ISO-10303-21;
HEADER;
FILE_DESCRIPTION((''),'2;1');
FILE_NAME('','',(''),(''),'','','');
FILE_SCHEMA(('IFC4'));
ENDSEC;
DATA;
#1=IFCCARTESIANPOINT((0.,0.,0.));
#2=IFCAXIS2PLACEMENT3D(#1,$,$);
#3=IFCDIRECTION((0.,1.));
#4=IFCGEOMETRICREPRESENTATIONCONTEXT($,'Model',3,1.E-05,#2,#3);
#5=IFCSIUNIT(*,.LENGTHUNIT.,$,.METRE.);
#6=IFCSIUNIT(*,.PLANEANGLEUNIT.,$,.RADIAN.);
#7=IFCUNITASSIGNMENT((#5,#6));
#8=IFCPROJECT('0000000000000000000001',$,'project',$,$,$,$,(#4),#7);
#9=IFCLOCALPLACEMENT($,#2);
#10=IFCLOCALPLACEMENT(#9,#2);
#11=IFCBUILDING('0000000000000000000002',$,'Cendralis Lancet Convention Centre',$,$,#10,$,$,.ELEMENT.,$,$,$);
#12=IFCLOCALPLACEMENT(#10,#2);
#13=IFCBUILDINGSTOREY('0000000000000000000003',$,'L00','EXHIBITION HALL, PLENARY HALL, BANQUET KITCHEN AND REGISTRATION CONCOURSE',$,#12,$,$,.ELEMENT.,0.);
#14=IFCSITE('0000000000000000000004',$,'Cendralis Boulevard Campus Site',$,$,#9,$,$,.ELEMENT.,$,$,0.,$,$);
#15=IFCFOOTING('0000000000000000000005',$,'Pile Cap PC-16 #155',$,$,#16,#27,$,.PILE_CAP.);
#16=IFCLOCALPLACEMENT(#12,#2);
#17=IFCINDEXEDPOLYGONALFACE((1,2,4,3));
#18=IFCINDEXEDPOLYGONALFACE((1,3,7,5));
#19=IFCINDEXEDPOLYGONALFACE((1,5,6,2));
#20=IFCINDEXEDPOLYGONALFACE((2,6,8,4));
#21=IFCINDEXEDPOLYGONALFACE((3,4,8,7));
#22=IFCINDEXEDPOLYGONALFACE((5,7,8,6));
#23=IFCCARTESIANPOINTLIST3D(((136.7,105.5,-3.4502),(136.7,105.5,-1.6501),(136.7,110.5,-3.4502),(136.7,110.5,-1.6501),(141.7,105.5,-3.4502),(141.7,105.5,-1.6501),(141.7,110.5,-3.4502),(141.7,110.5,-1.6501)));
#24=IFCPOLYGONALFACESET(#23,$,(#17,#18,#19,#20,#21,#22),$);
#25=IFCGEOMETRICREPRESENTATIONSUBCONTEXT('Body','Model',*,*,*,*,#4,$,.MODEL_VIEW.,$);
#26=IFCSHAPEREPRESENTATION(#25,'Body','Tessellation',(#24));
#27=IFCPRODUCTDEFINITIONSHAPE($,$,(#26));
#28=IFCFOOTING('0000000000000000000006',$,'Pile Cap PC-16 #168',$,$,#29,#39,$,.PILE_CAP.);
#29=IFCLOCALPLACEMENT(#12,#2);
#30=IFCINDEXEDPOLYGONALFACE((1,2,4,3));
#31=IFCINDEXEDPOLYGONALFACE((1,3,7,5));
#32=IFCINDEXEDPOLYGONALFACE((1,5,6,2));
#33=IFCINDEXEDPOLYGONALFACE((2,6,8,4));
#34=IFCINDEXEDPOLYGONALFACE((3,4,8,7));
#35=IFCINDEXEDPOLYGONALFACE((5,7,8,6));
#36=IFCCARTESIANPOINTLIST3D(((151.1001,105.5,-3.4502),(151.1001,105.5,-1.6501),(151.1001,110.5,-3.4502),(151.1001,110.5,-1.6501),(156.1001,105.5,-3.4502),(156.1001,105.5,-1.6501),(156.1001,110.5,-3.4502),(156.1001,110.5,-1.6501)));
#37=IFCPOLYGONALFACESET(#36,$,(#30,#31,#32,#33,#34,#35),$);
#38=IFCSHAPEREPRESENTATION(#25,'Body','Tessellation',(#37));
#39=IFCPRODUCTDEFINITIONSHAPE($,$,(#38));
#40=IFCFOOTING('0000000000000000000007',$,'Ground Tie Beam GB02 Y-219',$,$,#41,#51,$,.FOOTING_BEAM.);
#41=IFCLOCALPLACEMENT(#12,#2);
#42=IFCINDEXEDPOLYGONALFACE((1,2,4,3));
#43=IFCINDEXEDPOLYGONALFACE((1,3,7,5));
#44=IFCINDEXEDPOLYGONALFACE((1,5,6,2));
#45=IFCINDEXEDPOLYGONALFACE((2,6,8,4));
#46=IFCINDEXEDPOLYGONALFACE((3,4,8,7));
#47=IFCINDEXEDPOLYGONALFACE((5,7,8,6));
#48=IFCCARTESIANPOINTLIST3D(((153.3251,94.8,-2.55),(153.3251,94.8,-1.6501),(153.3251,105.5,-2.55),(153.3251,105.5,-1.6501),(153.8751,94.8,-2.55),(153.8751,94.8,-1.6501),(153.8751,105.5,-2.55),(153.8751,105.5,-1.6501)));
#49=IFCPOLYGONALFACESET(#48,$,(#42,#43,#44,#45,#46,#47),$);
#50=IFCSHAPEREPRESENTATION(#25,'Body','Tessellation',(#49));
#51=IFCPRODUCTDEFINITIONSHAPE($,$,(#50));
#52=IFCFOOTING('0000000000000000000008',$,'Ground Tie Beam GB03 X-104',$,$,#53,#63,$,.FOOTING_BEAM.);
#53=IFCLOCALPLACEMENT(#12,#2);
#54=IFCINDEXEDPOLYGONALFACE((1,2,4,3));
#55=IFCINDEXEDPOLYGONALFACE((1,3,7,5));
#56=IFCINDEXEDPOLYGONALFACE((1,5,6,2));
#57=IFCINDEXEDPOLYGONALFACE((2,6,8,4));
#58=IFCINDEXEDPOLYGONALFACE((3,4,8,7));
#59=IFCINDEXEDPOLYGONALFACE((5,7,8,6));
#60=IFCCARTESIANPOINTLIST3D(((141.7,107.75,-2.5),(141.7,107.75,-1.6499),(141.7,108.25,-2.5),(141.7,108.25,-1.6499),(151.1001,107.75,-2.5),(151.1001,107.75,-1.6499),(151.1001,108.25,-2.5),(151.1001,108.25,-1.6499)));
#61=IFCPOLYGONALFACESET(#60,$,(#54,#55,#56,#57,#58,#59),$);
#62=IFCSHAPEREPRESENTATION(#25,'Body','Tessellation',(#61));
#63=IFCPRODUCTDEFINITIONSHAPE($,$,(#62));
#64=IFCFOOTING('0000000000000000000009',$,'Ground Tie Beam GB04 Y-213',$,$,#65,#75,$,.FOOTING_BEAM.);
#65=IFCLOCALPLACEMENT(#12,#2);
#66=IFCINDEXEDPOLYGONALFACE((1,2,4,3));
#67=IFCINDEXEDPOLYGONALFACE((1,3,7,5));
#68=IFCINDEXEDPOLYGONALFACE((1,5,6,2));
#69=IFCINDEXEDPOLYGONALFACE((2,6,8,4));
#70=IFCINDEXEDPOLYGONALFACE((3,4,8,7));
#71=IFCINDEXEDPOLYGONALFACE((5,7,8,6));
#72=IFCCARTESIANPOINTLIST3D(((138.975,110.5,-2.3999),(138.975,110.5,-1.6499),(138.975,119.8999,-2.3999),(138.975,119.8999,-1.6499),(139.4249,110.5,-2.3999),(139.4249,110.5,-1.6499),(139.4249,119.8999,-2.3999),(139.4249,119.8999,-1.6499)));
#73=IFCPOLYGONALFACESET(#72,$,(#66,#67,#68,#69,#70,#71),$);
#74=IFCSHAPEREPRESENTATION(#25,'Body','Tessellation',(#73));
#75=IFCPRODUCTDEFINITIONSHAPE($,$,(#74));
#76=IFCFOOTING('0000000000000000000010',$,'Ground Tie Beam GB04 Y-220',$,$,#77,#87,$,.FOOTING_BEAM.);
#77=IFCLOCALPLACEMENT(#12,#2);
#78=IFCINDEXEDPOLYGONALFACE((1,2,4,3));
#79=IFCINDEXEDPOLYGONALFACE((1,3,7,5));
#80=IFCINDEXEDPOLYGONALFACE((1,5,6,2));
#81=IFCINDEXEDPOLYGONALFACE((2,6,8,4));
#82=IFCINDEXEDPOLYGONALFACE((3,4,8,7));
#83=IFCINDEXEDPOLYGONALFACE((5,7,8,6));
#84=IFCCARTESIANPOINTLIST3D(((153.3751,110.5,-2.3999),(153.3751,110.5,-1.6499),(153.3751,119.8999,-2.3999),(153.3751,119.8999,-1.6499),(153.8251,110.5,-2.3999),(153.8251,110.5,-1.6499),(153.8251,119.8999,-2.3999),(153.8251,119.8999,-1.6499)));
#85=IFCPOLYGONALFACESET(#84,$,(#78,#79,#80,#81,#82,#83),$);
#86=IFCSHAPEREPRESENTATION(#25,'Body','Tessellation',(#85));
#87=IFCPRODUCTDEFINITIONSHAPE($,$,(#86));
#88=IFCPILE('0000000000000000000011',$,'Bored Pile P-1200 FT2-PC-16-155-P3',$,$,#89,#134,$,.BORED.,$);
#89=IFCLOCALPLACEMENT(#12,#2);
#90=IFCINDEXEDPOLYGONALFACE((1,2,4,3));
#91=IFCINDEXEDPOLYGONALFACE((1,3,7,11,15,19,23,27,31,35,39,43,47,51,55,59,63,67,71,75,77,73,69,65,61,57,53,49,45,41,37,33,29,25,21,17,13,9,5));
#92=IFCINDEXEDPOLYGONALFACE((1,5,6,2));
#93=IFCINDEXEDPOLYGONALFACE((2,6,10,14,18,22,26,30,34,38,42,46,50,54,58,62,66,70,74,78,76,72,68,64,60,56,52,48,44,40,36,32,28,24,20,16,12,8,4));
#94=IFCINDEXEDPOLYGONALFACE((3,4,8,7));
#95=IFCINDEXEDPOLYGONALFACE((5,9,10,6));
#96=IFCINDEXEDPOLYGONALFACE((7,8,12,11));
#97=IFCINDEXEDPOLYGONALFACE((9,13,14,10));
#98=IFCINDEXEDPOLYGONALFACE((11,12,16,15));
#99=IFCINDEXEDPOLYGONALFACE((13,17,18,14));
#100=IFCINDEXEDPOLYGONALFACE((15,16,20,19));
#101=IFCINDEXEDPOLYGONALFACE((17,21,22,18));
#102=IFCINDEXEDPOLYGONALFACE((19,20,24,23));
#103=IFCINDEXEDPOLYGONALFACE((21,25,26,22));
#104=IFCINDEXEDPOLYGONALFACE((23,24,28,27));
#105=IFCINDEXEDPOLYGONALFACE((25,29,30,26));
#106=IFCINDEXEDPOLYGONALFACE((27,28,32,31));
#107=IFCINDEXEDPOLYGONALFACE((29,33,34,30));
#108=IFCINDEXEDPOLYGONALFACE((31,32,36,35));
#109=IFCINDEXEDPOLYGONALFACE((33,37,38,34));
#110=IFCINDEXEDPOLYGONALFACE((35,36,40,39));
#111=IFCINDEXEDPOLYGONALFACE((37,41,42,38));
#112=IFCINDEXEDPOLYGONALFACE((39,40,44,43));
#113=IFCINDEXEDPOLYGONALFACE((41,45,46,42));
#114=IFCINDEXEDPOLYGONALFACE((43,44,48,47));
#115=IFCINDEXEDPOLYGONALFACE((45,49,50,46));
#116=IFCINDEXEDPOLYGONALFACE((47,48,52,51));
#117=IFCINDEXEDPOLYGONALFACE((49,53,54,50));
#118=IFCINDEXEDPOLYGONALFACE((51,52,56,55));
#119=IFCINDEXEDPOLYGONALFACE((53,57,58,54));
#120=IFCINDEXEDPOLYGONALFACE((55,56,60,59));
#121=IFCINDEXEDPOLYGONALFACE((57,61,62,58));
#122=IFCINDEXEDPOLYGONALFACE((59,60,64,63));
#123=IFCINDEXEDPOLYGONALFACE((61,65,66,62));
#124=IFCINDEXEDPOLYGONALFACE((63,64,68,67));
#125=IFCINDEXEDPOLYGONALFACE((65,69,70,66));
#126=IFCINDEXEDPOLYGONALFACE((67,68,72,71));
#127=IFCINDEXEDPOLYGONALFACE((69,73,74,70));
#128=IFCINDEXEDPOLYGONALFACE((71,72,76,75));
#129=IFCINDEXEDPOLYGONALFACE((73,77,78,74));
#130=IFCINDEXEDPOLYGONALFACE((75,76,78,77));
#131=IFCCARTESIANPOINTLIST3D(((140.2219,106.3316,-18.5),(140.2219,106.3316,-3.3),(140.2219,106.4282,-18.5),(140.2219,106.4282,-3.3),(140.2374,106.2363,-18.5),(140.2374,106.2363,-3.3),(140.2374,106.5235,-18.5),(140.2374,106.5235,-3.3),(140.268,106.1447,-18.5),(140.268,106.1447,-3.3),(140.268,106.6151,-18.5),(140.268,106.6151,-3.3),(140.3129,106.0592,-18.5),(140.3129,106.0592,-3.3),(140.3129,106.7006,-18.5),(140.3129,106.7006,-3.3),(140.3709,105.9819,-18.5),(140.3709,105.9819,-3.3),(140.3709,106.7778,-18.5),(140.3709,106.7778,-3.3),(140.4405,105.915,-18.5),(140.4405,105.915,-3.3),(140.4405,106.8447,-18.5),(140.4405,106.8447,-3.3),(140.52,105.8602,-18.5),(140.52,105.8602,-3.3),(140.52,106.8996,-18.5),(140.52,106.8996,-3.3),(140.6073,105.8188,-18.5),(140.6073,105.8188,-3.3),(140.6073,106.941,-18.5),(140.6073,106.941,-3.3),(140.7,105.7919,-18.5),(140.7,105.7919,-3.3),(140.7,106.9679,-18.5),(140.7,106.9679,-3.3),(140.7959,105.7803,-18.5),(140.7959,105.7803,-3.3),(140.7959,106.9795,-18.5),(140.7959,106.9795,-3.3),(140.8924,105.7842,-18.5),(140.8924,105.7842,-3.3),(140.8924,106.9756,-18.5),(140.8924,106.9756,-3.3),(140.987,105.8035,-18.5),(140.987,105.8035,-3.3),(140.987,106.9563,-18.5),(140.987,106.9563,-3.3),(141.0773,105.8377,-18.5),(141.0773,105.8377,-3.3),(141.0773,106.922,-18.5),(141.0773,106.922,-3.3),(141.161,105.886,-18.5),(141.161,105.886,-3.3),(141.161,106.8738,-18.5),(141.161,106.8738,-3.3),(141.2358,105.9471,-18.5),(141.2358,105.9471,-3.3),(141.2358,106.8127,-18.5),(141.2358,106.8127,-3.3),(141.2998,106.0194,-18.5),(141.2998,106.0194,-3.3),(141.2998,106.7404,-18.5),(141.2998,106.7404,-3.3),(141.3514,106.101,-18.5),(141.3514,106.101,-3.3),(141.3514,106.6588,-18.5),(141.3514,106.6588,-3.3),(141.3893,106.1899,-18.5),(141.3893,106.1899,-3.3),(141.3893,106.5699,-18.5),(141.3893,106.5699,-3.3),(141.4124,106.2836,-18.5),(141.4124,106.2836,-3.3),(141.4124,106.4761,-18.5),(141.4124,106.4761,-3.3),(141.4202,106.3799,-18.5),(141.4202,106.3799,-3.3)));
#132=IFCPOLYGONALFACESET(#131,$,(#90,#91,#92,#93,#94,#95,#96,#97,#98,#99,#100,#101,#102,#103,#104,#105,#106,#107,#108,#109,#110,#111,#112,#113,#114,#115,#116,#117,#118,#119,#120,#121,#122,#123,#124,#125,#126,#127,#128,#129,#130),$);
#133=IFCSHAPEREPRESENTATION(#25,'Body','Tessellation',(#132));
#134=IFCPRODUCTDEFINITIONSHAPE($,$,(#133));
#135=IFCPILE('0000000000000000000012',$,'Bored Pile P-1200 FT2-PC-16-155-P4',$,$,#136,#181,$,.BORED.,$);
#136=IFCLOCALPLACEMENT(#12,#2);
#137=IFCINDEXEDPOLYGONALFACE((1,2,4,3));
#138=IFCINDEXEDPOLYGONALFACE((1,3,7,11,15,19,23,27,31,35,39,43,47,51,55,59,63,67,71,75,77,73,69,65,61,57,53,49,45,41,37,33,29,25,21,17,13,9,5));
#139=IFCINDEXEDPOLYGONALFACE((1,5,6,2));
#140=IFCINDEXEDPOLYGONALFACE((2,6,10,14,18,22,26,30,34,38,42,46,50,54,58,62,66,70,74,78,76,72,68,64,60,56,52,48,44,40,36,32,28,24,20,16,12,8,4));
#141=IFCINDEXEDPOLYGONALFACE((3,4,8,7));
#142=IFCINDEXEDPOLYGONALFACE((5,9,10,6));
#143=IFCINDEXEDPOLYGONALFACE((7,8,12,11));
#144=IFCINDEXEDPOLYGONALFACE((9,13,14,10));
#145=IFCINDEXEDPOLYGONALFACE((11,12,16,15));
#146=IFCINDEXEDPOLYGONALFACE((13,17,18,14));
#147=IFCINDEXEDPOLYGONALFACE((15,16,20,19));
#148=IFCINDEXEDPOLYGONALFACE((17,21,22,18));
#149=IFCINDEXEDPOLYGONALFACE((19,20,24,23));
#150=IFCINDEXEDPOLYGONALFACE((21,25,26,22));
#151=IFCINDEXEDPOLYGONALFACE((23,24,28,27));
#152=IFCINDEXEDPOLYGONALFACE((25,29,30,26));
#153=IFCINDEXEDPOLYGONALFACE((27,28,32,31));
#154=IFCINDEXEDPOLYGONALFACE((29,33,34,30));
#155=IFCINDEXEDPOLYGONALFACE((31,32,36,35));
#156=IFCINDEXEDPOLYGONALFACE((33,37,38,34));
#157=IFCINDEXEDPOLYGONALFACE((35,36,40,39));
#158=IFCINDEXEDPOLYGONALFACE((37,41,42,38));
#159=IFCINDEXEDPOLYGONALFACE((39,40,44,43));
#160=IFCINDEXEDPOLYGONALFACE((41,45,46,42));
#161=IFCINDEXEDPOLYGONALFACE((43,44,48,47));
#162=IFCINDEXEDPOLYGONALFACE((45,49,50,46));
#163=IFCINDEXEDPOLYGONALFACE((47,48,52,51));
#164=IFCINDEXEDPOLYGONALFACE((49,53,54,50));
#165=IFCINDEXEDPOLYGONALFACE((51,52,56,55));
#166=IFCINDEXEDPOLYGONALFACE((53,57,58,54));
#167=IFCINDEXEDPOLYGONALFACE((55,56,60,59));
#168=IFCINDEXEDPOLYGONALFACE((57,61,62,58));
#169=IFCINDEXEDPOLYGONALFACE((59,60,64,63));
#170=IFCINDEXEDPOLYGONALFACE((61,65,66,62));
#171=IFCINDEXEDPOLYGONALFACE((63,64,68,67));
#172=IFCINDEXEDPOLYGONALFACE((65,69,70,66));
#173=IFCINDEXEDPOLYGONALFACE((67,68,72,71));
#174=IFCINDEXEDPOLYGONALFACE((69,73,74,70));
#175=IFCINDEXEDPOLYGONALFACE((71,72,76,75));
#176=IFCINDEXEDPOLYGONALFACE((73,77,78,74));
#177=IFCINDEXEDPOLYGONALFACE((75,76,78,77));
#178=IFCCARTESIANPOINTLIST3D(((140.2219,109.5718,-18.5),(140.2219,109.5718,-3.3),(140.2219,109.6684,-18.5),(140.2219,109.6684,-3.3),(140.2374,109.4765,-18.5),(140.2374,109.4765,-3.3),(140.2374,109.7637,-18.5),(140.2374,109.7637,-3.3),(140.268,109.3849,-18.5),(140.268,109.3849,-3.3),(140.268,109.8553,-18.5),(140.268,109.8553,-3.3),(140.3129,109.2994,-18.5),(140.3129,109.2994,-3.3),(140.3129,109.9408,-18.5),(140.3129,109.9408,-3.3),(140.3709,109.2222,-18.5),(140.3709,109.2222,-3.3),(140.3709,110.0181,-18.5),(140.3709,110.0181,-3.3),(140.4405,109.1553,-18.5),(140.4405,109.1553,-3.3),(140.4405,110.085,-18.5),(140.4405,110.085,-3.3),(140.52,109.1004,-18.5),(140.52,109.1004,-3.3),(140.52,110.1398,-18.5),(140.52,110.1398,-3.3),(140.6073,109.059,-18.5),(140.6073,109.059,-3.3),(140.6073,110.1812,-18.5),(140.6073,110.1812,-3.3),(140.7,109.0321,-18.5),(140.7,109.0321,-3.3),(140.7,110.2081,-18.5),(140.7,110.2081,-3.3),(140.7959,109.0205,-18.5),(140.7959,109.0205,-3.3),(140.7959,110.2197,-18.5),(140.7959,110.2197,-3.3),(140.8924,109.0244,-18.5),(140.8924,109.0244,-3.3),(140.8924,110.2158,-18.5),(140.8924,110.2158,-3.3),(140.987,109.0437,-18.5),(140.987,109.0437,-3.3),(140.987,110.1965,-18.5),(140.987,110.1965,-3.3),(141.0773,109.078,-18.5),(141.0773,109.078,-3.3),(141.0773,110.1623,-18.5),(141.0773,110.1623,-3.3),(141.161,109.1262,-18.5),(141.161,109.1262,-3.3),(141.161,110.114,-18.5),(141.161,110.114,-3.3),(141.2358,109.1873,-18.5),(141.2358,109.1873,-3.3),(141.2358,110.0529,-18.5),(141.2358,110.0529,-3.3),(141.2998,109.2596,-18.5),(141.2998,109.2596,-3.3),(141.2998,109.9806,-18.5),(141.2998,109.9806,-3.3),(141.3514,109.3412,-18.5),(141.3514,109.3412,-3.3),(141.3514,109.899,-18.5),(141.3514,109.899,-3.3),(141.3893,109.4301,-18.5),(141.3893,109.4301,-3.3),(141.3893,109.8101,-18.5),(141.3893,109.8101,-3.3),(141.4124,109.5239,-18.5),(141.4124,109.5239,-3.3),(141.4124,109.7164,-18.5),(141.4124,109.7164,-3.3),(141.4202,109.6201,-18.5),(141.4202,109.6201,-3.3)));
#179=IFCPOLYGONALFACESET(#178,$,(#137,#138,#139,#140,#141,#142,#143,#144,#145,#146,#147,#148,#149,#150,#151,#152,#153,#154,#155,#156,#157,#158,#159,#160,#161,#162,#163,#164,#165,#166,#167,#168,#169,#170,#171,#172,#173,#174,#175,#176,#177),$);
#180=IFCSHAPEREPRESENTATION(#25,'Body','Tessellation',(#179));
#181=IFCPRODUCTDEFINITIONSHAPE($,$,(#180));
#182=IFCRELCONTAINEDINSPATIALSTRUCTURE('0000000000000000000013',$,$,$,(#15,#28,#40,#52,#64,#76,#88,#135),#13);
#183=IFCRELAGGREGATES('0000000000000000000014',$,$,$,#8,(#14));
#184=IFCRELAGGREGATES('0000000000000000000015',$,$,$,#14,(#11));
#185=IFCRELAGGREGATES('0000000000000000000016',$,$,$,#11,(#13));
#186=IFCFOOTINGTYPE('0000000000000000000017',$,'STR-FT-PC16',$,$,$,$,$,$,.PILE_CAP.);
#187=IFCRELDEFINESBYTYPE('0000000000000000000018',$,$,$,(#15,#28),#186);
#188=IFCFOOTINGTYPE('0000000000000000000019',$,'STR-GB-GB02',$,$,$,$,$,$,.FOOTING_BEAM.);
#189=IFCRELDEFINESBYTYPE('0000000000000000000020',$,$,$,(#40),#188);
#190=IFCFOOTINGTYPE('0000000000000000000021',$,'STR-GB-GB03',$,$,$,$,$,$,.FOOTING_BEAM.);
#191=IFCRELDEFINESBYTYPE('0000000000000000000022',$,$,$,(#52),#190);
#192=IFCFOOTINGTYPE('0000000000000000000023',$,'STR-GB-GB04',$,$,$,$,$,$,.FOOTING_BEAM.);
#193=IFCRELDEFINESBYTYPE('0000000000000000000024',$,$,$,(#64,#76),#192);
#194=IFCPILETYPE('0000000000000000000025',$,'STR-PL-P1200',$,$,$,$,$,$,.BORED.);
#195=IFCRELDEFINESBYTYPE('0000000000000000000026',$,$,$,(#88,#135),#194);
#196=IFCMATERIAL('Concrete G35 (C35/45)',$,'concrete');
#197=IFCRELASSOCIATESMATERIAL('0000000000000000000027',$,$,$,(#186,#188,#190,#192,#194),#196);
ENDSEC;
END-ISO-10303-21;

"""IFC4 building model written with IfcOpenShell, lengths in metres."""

from ifc_helpers import new_model, si_unit, direction, frame, origin, origin_2d, place, context, subcontext, project, spatial, rectangle, circle, extrude, material, material_profile, profile_set, type_object, element, save


model = new_model("IFC4")

# Units and contexts
model_context = context("Model", 3, precision=1e-05, world=origin(), true_north=direction((0.0, 1.0)))
body_context = subcontext(model_context, "Body", "Model", "MODEL_VIEW")
ifc_project = project(units=[si_unit("LENGTHUNIT", "METRE"), si_unit("PLANEANGLEUNIT", "RADIAN")], contexts=[model_context])

# Site, building, storey
site_placement = place(None, origin())
site = spatial("IfcSite", under=ifc_project, at=site_placement, Name="Cendralis Boulevard Campus Site", CompositionType="ELEMENT", RefElevation=0.0)
building_placement = place(site_placement, origin())
building = spatial("IfcBuilding", under=site, at=building_placement, Name="Cendralis Lancet Convention Centre", CompositionType="ELEMENT")
storey_placement = place(building_placement, origin())
storey = spatial("IfcBuildingStorey", under=building, at=storey_placement, Name="L00", Description="EXHIBITION HALL, PLENARY HALL, BANQUET KITCHEN AND REGISTRATION CONCOURSE", CompositionType="ELEMENT", Elevation=0.0)

# Footings
ifc_material_1 = material(Name="Concrete G35 (C35/45)", Category="concrete")
footing_type_1 = type_object("IfcFootingType", Name="STR-FT-PC16", PredefinedType="PILE_CAP", material=ifc_material_1)
for number, where, z_axis, x_axis, name in (
    (1, (139.2, 108.0, -3.4502), (0.0, 0.0, 1.0), (1.0, 0.0, 0.0), "Pile Cap PC-16 #155"),
    (2, (153.6001, 108.0, -3.4502), (0.0, 0.0, 1.0), (1.0, 0.0, 0.0), "Pile Cap PC-16 #168"),
):
    element("IfcFooting", number, at=place(storey_placement, frame(where, z_axis=z_axis, x_axis=x_axis)), inside=storey, type_object=footing_type_1, Name=name, PredefinedType="PILE_CAP", context=body_context, shape_type="SweptSolid", body=[
        extrude(rectangle(XDim=5.0, YDim=5.0, at=origin_2d()), origin(), (0.0, 0.0, 1.0), 1.8),
    ])
ifc_material_profile_1 = material_profile(ifc_material_1, rectangle(XDim=0.55, YDim=0.8999, at=origin_2d()), Name="RCB 550x900")
ifc_profile_set_1 = profile_set([ifc_material_profile_1], Name="Concrete G35 (C35/45)")
footing_type_2 = type_object("IfcFootingType", Name="STR-GB-GB02", PredefinedType="FOOTING_BEAM", material=ifc_profile_set_1)
footing_1_placement = place(storey_placement, frame((153.6001, 94.8, -2.1001), z_axis=(0.0, 1.0, 0.0), x_axis=(-1.0, 0.0, 0.0)))
element("IfcFooting", 3, at=footing_1_placement, inside=storey, type_object=footing_type_2, Name="Ground Tie Beam GB02 Y-219", PredefinedType="FOOTING_BEAM", context=body_context, shape_type="SweptSolid", body=[
    extrude(rectangle(XDim=0.55, YDim=0.8999, at=origin_2d()), origin(), (0.0, 0.0, 1.0), 10.7),
])
ifc_material_profile_2 = material_profile(ifc_material_1, rectangle(XDim=0.5, YDim=0.8501, at=origin_2d()), Name="RCB 500x850")
ifc_profile_set_2 = profile_set([ifc_material_profile_2], Name="Concrete G35 (C35/45)")
footing_type_3 = type_object("IfcFootingType", Name="STR-GB-GB03", PredefinedType="FOOTING_BEAM", material=ifc_profile_set_2)
footing_2_placement = place(storey_placement, frame((141.7, 108.0, -2.075), z_axis=(1.0, 0.0, 0.0), x_axis=(0.0, 1.0, 0.0)))
element("IfcFooting", 4, at=footing_2_placement, inside=storey, type_object=footing_type_3, Name="Ground Tie Beam GB03 X-104", PredefinedType="FOOTING_BEAM", context=body_context, shape_type="SweptSolid", body=[
    extrude(rectangle(XDim=0.5, YDim=0.8501, at=origin_2d()), origin(), (0.0, 0.0, 1.0), 9.4001),
])
ifc_material_profile_3 = material_profile(ifc_material_1, rectangle(XDim=0.45, YDim=0.75, at=origin_2d()), Name="RCB 450x750")
ifc_profile_set_3 = profile_set([ifc_material_profile_3], Name="Concrete G35 (C35/45)")
footing_type_4 = type_object("IfcFootingType", Name="STR-GB-GB04", PredefinedType="FOOTING_BEAM", material=ifc_profile_set_3)
for number, where, z_axis, x_axis, name in (
    (5, (139.2, 110.5, -2.0249), (0.0, 1.0, 0.0), (-1.0, 0.0, 0.0), "Ground Tie Beam GB04 Y-213"),
    (6, (153.6001, 110.5, -2.0249), (0.0, 1.0, 0.0), (-1.0, 0.0, 0.0), "Ground Tie Beam GB04 Y-220"),
):
    element("IfcFooting", number, at=place(storey_placement, frame(where, z_axis=z_axis, x_axis=x_axis)), inside=storey, type_object=footing_type_4, Name=name, PredefinedType="FOOTING_BEAM", context=body_context, shape_type="SweptSolid", body=[
        extrude(rectangle(XDim=0.45, YDim=0.75, at=origin_2d()), origin(), (0.0, 0.0, 1.0), 9.3999),
    ])

# Piles
ifc_material_profile_4 = material_profile(ifc_material_1, circle(Radius=0.6001, at=origin_2d()), Name="BORED PILE D1200")
ifc_profile_set_4 = profile_set([ifc_material_profile_4], Name="Concrete G35 (C35/45)")
pile_type = type_object("IfcPileType", Name="STR-PL-P1200", PredefinedType="BORED", material=ifc_profile_set_4)
for number, where, z_axis, x_axis, name in (
    (7, (140.8201, 106.3799, -3.3), (0.0, 0.0, -1.0), (1.0, 0.0, 0.0), "Bored Pile P-1200 FT2-PC-16-155-P3"),
    (8, (140.8201, 109.6201, -3.3), (0.0, 0.0, -1.0), (1.0, 0.0, 0.0), "Bored Pile P-1200 FT2-PC-16-155-P4"),
):
    element("IfcPile", number, at=place(storey_placement, frame(where, z_axis=z_axis, x_axis=x_axis)), inside=storey, type_object=pile_type, Name=name, PredefinedType="BORED", context=body_context, shape_type="SweptSolid", body=[
        extrude(circle(Radius=0.6001, at=origin_2d()), origin(), (0.0, 0.0, 1.0), 15.2),
    ])

save(model, "model.ifc")
